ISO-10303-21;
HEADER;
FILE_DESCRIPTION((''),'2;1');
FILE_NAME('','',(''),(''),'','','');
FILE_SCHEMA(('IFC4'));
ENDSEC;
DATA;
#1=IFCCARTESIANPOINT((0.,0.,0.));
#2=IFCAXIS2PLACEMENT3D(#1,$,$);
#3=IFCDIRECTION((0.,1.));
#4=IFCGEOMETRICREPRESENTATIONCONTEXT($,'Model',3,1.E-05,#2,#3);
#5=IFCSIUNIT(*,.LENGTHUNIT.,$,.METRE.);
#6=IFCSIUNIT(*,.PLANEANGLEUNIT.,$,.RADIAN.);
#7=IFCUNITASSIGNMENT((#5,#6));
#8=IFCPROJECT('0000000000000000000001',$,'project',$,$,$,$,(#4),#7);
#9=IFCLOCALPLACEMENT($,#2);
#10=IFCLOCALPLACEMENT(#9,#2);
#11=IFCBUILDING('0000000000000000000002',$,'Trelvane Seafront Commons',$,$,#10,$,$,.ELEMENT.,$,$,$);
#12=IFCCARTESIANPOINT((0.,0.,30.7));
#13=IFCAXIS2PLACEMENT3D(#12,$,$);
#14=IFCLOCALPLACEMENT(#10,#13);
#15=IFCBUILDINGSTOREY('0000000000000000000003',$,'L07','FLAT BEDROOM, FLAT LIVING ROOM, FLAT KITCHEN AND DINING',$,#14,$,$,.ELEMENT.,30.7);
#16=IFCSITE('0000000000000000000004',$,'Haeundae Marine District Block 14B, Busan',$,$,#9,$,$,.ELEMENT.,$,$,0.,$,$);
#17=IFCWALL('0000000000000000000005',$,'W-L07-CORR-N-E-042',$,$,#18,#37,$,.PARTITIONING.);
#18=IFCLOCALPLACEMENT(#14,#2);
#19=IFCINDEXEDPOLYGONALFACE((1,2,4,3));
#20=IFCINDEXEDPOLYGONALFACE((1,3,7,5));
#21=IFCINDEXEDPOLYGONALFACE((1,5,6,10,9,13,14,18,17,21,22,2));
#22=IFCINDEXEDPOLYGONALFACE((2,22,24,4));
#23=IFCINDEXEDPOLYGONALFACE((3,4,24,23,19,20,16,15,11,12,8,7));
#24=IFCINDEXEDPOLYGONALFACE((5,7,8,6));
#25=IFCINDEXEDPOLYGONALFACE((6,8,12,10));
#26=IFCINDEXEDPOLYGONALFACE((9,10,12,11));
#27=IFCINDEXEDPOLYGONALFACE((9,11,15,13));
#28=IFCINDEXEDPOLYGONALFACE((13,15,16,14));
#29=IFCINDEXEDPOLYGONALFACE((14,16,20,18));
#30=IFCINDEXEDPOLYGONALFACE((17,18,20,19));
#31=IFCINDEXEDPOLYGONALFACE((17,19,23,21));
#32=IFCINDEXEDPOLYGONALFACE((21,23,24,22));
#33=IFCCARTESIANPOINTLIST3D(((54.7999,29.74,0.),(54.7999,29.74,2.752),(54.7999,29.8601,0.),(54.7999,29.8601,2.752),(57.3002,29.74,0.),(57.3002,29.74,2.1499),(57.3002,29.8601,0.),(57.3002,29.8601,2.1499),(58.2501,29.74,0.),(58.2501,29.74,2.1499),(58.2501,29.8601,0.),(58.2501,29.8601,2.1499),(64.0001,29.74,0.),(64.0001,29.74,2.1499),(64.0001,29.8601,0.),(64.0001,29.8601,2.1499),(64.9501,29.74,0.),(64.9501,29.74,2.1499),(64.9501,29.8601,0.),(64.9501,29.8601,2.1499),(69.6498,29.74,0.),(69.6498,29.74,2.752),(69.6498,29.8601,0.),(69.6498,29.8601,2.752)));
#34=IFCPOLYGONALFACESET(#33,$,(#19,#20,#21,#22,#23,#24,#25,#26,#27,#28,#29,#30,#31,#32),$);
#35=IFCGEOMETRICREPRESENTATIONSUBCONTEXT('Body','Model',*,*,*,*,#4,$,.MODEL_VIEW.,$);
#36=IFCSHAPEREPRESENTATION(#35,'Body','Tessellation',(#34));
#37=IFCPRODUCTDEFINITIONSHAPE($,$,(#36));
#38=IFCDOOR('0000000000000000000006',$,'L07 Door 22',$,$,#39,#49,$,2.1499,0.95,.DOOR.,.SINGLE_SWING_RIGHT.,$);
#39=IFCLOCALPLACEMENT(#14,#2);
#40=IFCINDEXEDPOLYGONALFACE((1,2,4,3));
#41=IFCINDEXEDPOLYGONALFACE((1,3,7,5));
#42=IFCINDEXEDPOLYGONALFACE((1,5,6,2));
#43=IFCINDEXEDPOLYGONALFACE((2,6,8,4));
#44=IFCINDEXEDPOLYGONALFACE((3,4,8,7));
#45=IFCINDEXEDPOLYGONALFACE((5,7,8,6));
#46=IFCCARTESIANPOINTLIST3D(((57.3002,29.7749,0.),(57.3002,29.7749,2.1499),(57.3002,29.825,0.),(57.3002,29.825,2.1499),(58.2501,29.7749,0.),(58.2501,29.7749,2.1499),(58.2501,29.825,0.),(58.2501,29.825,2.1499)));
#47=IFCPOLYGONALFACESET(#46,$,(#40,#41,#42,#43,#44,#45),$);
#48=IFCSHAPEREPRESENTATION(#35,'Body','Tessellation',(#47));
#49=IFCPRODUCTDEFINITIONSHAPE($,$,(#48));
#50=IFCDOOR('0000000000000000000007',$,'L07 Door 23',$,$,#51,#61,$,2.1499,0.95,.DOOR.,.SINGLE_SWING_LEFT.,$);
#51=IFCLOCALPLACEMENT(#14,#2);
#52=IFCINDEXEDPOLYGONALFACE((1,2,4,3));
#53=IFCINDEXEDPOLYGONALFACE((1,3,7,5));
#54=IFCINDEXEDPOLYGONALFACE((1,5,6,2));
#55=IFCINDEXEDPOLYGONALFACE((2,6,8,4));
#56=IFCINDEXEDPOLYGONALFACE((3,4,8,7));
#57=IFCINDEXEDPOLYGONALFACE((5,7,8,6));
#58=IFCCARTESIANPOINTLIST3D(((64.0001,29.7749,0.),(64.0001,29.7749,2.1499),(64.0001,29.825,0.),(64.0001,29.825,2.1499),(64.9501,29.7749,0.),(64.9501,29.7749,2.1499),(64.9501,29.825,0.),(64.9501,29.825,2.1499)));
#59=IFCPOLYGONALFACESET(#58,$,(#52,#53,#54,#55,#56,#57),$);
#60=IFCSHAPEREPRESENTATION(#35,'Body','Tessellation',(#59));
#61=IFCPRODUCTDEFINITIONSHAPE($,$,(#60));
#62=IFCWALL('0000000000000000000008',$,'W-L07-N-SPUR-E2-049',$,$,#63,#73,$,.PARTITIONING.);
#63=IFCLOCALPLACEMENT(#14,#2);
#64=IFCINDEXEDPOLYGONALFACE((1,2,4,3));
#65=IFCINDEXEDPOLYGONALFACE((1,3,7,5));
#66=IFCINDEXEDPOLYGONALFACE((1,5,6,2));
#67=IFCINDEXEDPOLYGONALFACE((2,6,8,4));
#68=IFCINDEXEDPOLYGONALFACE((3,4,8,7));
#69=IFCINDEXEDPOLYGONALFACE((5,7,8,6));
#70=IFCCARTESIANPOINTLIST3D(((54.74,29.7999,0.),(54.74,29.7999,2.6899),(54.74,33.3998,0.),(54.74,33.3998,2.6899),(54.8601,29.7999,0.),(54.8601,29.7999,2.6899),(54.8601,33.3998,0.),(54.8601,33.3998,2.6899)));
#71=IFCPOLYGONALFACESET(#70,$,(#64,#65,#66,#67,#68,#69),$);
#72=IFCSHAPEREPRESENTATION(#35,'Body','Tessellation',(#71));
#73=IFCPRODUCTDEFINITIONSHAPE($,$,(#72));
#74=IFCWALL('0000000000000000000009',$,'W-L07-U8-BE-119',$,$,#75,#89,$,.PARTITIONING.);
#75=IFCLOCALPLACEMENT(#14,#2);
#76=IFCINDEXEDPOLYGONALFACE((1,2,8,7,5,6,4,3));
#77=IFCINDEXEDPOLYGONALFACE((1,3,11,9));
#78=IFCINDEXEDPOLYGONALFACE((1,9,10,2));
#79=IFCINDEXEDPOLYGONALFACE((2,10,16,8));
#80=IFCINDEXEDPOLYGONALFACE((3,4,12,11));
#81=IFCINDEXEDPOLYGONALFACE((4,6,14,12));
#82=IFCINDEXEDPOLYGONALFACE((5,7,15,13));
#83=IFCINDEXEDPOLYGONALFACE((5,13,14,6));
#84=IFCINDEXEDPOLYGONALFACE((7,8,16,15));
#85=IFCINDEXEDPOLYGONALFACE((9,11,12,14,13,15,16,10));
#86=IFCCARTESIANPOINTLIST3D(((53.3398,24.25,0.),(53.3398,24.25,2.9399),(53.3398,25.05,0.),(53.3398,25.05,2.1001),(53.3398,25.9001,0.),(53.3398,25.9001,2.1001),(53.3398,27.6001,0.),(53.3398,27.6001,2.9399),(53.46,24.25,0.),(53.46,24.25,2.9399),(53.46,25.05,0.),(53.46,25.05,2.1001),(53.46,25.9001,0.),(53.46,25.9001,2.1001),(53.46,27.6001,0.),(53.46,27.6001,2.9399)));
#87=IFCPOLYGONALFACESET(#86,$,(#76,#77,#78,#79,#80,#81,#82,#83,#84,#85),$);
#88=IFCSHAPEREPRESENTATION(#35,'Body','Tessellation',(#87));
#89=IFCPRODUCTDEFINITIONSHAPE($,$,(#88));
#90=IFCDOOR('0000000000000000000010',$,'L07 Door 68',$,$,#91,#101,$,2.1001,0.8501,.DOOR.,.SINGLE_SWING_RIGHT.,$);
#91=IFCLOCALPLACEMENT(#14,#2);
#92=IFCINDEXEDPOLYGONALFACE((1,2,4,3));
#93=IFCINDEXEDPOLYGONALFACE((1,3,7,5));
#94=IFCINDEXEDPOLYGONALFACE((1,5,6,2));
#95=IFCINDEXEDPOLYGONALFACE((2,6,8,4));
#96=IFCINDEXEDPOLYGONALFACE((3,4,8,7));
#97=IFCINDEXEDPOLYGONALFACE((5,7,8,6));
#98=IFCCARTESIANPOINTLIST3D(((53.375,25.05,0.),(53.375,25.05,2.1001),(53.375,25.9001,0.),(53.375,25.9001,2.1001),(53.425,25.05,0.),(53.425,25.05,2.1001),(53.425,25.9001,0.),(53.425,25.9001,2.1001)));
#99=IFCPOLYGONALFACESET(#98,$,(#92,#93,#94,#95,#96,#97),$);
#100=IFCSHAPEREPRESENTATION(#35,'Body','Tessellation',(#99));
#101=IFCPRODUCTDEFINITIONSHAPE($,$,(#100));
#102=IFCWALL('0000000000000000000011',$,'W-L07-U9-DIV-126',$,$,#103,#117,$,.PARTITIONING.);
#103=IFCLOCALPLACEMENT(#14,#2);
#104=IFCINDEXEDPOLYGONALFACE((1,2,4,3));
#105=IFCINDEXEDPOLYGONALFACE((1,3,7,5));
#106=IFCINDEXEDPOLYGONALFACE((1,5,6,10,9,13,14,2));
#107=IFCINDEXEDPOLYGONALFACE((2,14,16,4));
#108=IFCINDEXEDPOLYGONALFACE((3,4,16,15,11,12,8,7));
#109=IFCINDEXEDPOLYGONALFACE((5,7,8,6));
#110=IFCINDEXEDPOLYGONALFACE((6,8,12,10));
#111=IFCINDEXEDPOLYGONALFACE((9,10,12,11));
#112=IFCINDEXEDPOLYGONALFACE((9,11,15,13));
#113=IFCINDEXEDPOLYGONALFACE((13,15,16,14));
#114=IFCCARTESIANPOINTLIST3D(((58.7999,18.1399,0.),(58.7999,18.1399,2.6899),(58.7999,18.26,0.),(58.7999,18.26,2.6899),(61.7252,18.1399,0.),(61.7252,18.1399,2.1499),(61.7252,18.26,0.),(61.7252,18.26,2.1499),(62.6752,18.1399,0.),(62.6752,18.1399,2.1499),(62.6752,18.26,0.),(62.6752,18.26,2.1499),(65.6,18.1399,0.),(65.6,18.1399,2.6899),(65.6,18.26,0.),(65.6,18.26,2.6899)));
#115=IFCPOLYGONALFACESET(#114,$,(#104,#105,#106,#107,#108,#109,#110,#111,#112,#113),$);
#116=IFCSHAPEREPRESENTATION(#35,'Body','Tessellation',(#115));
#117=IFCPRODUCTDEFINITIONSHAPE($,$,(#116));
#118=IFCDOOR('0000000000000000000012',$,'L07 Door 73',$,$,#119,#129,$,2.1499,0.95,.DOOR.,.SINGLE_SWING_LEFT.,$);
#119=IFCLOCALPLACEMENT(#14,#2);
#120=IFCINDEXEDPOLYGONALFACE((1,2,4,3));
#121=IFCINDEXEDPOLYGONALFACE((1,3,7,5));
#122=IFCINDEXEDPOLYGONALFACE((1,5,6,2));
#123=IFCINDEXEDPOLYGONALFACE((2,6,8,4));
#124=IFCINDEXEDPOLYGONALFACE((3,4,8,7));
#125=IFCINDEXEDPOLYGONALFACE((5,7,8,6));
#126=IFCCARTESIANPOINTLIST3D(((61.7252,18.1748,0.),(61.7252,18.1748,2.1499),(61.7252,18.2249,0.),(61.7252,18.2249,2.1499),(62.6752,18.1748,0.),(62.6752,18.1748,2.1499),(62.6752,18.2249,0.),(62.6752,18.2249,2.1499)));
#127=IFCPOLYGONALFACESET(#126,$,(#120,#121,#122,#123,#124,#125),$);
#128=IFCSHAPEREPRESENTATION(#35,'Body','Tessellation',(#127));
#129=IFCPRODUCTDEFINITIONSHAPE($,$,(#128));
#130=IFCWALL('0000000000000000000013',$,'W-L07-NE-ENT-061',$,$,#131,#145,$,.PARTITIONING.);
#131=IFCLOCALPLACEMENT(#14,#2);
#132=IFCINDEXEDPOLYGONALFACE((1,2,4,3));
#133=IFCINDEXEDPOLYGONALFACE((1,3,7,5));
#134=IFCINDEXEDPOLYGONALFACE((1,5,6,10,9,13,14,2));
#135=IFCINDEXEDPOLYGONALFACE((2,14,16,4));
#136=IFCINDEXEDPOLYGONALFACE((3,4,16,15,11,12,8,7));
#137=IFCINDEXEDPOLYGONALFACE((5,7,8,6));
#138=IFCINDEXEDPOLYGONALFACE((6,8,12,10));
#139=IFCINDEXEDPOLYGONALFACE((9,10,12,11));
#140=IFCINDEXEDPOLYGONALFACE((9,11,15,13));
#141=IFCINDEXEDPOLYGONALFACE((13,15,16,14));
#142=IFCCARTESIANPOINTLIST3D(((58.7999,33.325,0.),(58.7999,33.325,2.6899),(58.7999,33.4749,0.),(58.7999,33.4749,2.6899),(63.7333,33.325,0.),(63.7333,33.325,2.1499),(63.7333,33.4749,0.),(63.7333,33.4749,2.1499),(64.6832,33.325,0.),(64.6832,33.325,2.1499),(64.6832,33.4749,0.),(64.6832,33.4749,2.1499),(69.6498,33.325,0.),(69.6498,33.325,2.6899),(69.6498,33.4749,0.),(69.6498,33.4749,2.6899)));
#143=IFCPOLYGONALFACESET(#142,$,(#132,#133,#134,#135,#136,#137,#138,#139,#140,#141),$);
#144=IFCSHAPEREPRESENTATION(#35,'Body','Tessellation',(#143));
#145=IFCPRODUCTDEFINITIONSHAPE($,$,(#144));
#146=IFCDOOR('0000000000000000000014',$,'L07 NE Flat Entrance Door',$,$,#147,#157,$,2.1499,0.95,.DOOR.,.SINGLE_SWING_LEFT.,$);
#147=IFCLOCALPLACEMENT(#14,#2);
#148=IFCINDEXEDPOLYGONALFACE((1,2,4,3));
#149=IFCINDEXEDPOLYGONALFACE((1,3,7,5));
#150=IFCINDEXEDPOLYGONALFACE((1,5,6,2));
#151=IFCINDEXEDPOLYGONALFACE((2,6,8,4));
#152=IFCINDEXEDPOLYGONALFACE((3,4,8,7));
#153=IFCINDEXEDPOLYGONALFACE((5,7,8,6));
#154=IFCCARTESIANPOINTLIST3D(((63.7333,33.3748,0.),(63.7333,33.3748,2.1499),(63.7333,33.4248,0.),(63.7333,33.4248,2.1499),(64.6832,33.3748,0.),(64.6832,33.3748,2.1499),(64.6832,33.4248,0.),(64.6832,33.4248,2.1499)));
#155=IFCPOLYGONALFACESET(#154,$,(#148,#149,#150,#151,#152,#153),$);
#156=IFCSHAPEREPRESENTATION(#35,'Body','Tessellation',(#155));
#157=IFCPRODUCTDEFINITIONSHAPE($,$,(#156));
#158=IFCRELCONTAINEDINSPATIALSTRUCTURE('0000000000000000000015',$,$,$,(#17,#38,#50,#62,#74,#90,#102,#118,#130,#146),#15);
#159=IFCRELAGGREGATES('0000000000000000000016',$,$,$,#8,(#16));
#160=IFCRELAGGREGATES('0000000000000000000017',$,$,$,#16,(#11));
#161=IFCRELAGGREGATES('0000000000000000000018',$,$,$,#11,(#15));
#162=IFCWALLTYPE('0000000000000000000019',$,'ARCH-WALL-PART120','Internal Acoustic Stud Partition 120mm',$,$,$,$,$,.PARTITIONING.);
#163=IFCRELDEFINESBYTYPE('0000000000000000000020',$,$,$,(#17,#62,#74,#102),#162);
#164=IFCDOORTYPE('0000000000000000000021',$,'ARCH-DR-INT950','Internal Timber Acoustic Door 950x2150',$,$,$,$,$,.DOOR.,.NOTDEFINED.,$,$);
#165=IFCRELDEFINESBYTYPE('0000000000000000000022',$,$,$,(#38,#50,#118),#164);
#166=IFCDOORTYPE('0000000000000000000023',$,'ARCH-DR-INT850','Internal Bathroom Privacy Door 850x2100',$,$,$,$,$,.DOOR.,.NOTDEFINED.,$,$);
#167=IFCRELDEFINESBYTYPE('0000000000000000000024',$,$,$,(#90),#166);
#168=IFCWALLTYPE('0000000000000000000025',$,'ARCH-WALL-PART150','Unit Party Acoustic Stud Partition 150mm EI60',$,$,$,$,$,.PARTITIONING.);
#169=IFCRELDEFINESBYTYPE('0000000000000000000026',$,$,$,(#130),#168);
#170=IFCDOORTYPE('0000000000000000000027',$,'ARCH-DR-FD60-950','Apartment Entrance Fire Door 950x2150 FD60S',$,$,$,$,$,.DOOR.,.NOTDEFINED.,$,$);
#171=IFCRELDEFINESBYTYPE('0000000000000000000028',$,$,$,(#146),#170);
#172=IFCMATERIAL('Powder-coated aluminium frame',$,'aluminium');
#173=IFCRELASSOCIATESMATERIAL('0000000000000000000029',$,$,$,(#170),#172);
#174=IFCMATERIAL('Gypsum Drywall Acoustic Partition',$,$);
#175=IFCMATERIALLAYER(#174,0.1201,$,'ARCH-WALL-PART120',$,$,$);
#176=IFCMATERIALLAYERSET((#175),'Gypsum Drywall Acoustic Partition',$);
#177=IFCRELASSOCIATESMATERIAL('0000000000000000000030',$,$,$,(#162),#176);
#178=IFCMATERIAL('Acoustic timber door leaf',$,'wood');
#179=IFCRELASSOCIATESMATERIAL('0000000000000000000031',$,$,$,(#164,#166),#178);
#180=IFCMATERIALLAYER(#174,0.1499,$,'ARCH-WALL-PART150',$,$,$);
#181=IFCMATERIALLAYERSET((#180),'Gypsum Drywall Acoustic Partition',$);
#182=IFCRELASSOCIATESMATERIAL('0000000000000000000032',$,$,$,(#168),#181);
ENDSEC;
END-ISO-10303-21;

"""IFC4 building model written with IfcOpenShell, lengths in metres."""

from ifc_helpers import new_model, si_unit, direction, frame, frame_2d, origin, place, context, subcontext, project, spatial, rectangle, extrude, source, transform, mapped, material, layer, layer_set, type_object, element, fill, save


model = new_model("IFC4")

# Units and contexts
model_context = context("Model", 3, precision=1e-05, world=origin(), true_north=direction((0.0, 1.0)))
body_context = subcontext(model_context, "Body", "Model", "MODEL_VIEW")
ifc_project = project(units=[si_unit("LENGTHUNIT", "METRE"), si_unit("PLANEANGLEUNIT", "RADIAN")], contexts=[model_context])

# Site, building, storey
site_placement = place(None, origin())
site = spatial("IfcSite", under=ifc_project, at=site_placement, Name="Haeundae Marine District Block 14B, Busan", CompositionType="ELEMENT", RefElevation=0.0)
building_placement = place(site_placement, origin())
building = spatial("IfcBuilding", under=site, at=building_placement, Name="Trelvane Seafront Commons", CompositionType="ELEMENT")
storey_placement = place(building_placement, frame((0.0, 0.0, 30.7)))
storey = spatial("IfcBuildingStorey", under=building, at=storey_placement, Name="L07", Description="FLAT BEDROOM, FLAT LIVING ROOM, FLAT KITCHEN AND DINING", CompositionType="ELEMENT", Elevation=30.7)

# Shared definitions
ifc_material_1 = material(Name="Powder-coated aluminium frame", Category="aluminium")
door_type_1 = type_object("IfcDoorType", Name="ARCH-DR-FD60-950", Description="Apartment Entrance Fire Door 950x2150 FD60S", OperationType="NOTDEFINED", PredefinedType="DOOR", material=ifc_material_1)
shared_shape_1 = source(origin(), body_context, "Body", "SweptSolid", [
    extrude(rectangle(XDim=0.95, YDim=2.1499, at=frame_2d((0.4751, 1.075))), frame((0.0, 0.0249, 0.0), z_axis=(0.0, -1.0, 0.0), x_axis=(1.0, 0.0, 0.0)), (0.0, 0.0, 1.0), 0.05),
])

# Wall, openings, doors
ifc_material_2 = material(Name="Gypsum Drywall Acoustic Partition")
ifc_layer_1 = layer(ifc_material_2, 0.1201, Name="ARCH-WALL-PART120")
ifc_layer_set_1 = layer_set([ifc_layer_1], Name="Gypsum Drywall Acoustic Partition")
wall_type_1 = type_object("IfcWallType", Name="ARCH-WALL-PART120", Description="Internal Acoustic Stud Partition 120mm", PredefinedType="PARTITIONING", material=ifc_layer_set_1)
wall_1_placement = place(storey_placement, frame((54.8, 29.8, 0.0), z_axis=(0.0, 0.0, 1.0), x_axis=(1.0, 0.0, 0.0)))
wall_1 = element("IfcWall", 1, at=wall_1_placement, inside=storey, type_object=wall_type_1, Name="W-L07-CORR-N-E-042", PredefinedType="PARTITIONING", context=body_context, shape_type="SweptSolid", body=[
    extrude(rectangle(XDim=14.8499, YDim=0.1201, at=frame_2d((7.4248, 0.0))), origin(), (0.0, 0.0, 1.0), 2.752),
])
opening_1_placement = place(wall_1_placement, frame((2.5, 0.0, 0.0)))
opening_1 = element("IfcOpeningElement", 2, at=opening_1_placement, cuts=wall_1, PredefinedType="OPENING", context=body_context, shape_type="SweptSolid", body=[
    extrude(rectangle(XDim=0.95, YDim=2.1499, at=frame_2d((0.4751, 1.075))), frame((0.0, 0.0701, 0.0), z_axis=(0.0, -1.0, 0.0), x_axis=(1.0, 0.0, 0.0)), (0.0, 0.0, 1.0), 0.1401),
])
opening_2_placement = place(wall_1_placement, frame((9.2, 0.0, 0.0)))
opening_2 = element("IfcOpeningElement", 3, at=opening_2_placement, cuts=wall_1, PredefinedType="OPENING", context=body_context, shape_type="SweptSolid", body=[
    extrude(rectangle(XDim=0.95, YDim=2.1499, at=frame_2d((0.4751, 1.075))), frame((0.0, 0.0701, 0.0), z_axis=(0.0, -1.0, 0.0), x_axis=(1.0, 0.0, 0.0)), (0.0, 0.0, 1.0), 0.1401),
])
ifc_material_3 = material(Name="Acoustic timber door leaf", Category="wood")
door_type_2 = type_object("IfcDoorType", Name="ARCH-DR-INT950", Description="Internal Timber Acoustic Door 950x2150", OperationType="NOTDEFINED", PredefinedType="DOOR", material=ifc_material_3)
door_1_placement = place(opening_1_placement, origin())
door_1 = element("IfcDoor", 4, at=door_1_placement, inside=storey, type_object=door_type_2, Name="L07 Door 22", OperationType="SINGLE_SWING_RIGHT", OverallHeight=2.1499, OverallWidth=0.95, PredefinedType="DOOR", context=body_context, shape_type="MappedRepresentation", body=[
    mapped(shared_shape_1, transform((0.0, 0.0, 0.0), x_axis=(1.0, 0.0, 0.0), y_axis=(0.0, 1.0, 0.0), z_axis=(0.0, 0.0, 1.0), scale=1.0)),
])
fill(opening_1, door_1)
door_2_placement = place(opening_2_placement, origin())
door_2 = element("IfcDoor", 5, at=door_2_placement, inside=storey, type_object=door_type_2, Name="L07 Door 23", OperationType="SINGLE_SWING_LEFT", OverallHeight=2.1499, OverallWidth=0.95, PredefinedType="DOOR", context=body_context, shape_type="MappedRepresentation", body=[
    mapped(shared_shape_1, transform((0.0, 0.0, 0.0), x_axis=(1.0, 0.0, 0.0), y_axis=(0.0, 1.0, 0.0), z_axis=(0.0, 0.0, 1.0), scale=1.0)),
])
fill(opening_2, door_2)

# Wall
wall_2_placement = place(storey_placement, frame((54.8, 29.8, 0.0), z_axis=(0.0, 0.0, 1.0), x_axis=(0.0, 1.0, 0.0)))
element("IfcWall", 6, at=wall_2_placement, inside=storey, type_object=wall_type_1, Name="W-L07-N-SPUR-E2-049", PredefinedType="PARTITIONING", context=body_context, shape_type="SweptSolid", body=[
    extrude(rectangle(XDim=3.5999, YDim=0.1201, at=frame_2d((1.7998, 0.0))), origin(), (0.0, 0.0, 1.0), 2.6899),
])

# Walls, openings, doors
wall_3_placement = place(storey_placement, frame((53.3999, 24.25, 0.0), z_axis=(0.0, 0.0, 1.0), x_axis=(0.0, 1.0, 0.0)))
wall_3 = element("IfcWall", 7, at=wall_3_placement, inside=storey, type_object=wall_type_1, Name="W-L07-U8-BE-119", PredefinedType="PARTITIONING", context=body_context, shape_type="SweptSolid", body=[
    extrude(rectangle(XDim=3.3501, YDim=0.1201, at=frame_2d((1.675, 0.0))), origin(), (0.0, 0.0, 1.0), 2.9399),
])
opening_3_placement = place(wall_3_placement, frame((0.8, 0.0, 0.0)))
opening_3 = element("IfcOpeningElement", 8, at=opening_3_placement, cuts=wall_3, PredefinedType="OPENING", context=body_context, shape_type="SweptSolid", body=[
    extrude(rectangle(XDim=0.8501, YDim=2.1001, at=frame_2d((0.425, 1.05))), frame((0.0, 0.0701, 0.0), z_axis=(0.0, -1.0, 0.0), x_axis=(1.0, 0.0, 0.0)), (0.0, 0.0, 1.0), 0.1401),
])
door_type_3 = type_object("IfcDoorType", Name="ARCH-DR-INT850", Description="Internal Bathroom Privacy Door 850x2100", OperationType="NOTDEFINED", PredefinedType="DOOR", material=ifc_material_3)
shared_shape_2 = source(origin(), body_context, "Body", "SweptSolid", [
    extrude(rectangle(XDim=0.8501, YDim=2.1001, at=frame_2d((0.425, 1.05))), frame((0.0, 0.0249, 0.0), z_axis=(0.0, -1.0, 0.0), x_axis=(1.0, 0.0, 0.0)), (0.0, 0.0, 1.0), 0.05),
])
door_3_placement = place(opening_3_placement, origin())
door_3 = element("IfcDoor", 9, at=door_3_placement, inside=storey, type_object=door_type_3, Name="L07 Door 68", OperationType="SINGLE_SWING_RIGHT", OverallHeight=2.1001, OverallWidth=0.8501, PredefinedType="DOOR", context=body_context, shape_type="MappedRepresentation", body=[
    mapped(shared_shape_2, transform((0.0, 0.0, 0.0), x_axis=(1.0, 0.0, 0.0), y_axis=(0.0, 1.0, 0.0), z_axis=(0.0, 0.0, 1.0), scale=1.0)),
])
fill(opening_3, door_3)
wall_4_placement = place(storey_placement, frame((58.8, 18.2, 0.0), z_axis=(0.0, 0.0, 1.0), x_axis=(1.0, 0.0, 0.0)))
wall_4 = element("IfcWall", 10, at=wall_4_placement, inside=storey, type_object=wall_type_1, Name="W-L07-U9-DIV-126", PredefinedType="PARTITIONING", context=body_context, shape_type="SweptSolid", body=[
    extrude(rectangle(XDim=6.8, YDim=0.1201, at=frame_2d((3.3999, 0.0))), origin(), (0.0, 0.0, 1.0), 2.6899),
])
opening_4_placement = place(wall_4_placement, frame((2.925, 0.0, 0.0)))
opening_4 = element("IfcOpeningElement", 11, at=opening_4_placement, cuts=wall_4, PredefinedType="OPENING", context=body_context, shape_type="SweptSolid", body=[
    extrude(rectangle(XDim=0.95, YDim=2.1499, at=frame_2d((0.4751, 1.075))), frame((0.0, 0.0701, 0.0), z_axis=(0.0, -1.0, 0.0), x_axis=(1.0, 0.0, 0.0)), (0.0, 0.0, 1.0), 0.1401),
])
door_4_placement = place(opening_4_placement, origin())
door_4 = element("IfcDoor", 12, at=door_4_placement, inside=storey, type_object=door_type_2, Name="L07 Door 73", OperationType="SINGLE_SWING_LEFT", OverallHeight=2.1499, OverallWidth=0.95, PredefinedType="DOOR", context=body_context, shape_type="MappedRepresentation", body=[
    mapped(shared_shape_1, transform((0.0, 0.0, 0.0), x_axis=(1.0, 0.0, 0.0), y_axis=(0.0, 1.0, 0.0), z_axis=(0.0, 0.0, 1.0), scale=1.0)),
])
fill(opening_4, door_4)
ifc_layer_2 = layer(ifc_material_2, 0.1499, Name="ARCH-WALL-PART150")
ifc_layer_set_2 = layer_set([ifc_layer_2], Name="Gypsum Drywall Acoustic Partition")
wall_type_2 = type_object("IfcWallType", Name="ARCH-WALL-PART150", Description="Unit Party Acoustic Stud Partition 150mm EI60", PredefinedType="PARTITIONING", material=ifc_layer_set_2)
wall_5_placement = place(storey_placement, frame((58.8, 33.3999, 0.0), z_axis=(0.0, 0.0, 1.0), x_axis=(1.0, 0.0, 0.0)))
wall_5 = element("IfcWall", 13, at=wall_5_placement, inside=storey, type_object=wall_type_2, Name="W-L07-NE-ENT-061", PredefinedType="PARTITIONING", context=body_context, shape_type="SweptSolid", body=[
    extrude(rectangle(XDim=10.8499, YDim=0.1499, at=frame_2d((5.4248, 0.0))), origin(), (0.0, 0.0, 1.0), 2.6899),
])
opening_5_placement = place(wall_5_placement, frame((4.9331, 0.0, 0.0)))
opening_5 = element("IfcOpeningElement", 14, at=opening_5_placement, cuts=wall_5, PredefinedType="OPENING", context=body_context, shape_type="SweptSolid", body=[
    extrude(rectangle(XDim=0.95, YDim=2.1499, at=frame_2d((0.4751, 1.075))), frame((0.0, 0.085, 0.0), z_axis=(0.0, -1.0, 0.0), x_axis=(1.0, 0.0, 0.0)), (0.0, 0.0, 1.0), 0.1699),
])
door_5_placement = place(opening_5_placement, origin())
door_5 = element("IfcDoor", 15, at=door_5_placement, inside=storey, type_object=door_type_1, Name="L07 NE Flat Entrance Door", OperationType="SINGLE_SWING_LEFT", OverallHeight=2.1499, OverallWidth=0.95, PredefinedType="DOOR", context=body_context, shape_type="MappedRepresentation", body=[
    mapped(shared_shape_1, transform((0.0, 0.0, 0.0), x_axis=(1.0, 0.0, 0.0), y_axis=(0.0, 1.0, 0.0), z_axis=(0.0, 0.0, 1.0), scale=1.0)),
])
fill(opening_5, door_5)

save(model, "model.ifc")
